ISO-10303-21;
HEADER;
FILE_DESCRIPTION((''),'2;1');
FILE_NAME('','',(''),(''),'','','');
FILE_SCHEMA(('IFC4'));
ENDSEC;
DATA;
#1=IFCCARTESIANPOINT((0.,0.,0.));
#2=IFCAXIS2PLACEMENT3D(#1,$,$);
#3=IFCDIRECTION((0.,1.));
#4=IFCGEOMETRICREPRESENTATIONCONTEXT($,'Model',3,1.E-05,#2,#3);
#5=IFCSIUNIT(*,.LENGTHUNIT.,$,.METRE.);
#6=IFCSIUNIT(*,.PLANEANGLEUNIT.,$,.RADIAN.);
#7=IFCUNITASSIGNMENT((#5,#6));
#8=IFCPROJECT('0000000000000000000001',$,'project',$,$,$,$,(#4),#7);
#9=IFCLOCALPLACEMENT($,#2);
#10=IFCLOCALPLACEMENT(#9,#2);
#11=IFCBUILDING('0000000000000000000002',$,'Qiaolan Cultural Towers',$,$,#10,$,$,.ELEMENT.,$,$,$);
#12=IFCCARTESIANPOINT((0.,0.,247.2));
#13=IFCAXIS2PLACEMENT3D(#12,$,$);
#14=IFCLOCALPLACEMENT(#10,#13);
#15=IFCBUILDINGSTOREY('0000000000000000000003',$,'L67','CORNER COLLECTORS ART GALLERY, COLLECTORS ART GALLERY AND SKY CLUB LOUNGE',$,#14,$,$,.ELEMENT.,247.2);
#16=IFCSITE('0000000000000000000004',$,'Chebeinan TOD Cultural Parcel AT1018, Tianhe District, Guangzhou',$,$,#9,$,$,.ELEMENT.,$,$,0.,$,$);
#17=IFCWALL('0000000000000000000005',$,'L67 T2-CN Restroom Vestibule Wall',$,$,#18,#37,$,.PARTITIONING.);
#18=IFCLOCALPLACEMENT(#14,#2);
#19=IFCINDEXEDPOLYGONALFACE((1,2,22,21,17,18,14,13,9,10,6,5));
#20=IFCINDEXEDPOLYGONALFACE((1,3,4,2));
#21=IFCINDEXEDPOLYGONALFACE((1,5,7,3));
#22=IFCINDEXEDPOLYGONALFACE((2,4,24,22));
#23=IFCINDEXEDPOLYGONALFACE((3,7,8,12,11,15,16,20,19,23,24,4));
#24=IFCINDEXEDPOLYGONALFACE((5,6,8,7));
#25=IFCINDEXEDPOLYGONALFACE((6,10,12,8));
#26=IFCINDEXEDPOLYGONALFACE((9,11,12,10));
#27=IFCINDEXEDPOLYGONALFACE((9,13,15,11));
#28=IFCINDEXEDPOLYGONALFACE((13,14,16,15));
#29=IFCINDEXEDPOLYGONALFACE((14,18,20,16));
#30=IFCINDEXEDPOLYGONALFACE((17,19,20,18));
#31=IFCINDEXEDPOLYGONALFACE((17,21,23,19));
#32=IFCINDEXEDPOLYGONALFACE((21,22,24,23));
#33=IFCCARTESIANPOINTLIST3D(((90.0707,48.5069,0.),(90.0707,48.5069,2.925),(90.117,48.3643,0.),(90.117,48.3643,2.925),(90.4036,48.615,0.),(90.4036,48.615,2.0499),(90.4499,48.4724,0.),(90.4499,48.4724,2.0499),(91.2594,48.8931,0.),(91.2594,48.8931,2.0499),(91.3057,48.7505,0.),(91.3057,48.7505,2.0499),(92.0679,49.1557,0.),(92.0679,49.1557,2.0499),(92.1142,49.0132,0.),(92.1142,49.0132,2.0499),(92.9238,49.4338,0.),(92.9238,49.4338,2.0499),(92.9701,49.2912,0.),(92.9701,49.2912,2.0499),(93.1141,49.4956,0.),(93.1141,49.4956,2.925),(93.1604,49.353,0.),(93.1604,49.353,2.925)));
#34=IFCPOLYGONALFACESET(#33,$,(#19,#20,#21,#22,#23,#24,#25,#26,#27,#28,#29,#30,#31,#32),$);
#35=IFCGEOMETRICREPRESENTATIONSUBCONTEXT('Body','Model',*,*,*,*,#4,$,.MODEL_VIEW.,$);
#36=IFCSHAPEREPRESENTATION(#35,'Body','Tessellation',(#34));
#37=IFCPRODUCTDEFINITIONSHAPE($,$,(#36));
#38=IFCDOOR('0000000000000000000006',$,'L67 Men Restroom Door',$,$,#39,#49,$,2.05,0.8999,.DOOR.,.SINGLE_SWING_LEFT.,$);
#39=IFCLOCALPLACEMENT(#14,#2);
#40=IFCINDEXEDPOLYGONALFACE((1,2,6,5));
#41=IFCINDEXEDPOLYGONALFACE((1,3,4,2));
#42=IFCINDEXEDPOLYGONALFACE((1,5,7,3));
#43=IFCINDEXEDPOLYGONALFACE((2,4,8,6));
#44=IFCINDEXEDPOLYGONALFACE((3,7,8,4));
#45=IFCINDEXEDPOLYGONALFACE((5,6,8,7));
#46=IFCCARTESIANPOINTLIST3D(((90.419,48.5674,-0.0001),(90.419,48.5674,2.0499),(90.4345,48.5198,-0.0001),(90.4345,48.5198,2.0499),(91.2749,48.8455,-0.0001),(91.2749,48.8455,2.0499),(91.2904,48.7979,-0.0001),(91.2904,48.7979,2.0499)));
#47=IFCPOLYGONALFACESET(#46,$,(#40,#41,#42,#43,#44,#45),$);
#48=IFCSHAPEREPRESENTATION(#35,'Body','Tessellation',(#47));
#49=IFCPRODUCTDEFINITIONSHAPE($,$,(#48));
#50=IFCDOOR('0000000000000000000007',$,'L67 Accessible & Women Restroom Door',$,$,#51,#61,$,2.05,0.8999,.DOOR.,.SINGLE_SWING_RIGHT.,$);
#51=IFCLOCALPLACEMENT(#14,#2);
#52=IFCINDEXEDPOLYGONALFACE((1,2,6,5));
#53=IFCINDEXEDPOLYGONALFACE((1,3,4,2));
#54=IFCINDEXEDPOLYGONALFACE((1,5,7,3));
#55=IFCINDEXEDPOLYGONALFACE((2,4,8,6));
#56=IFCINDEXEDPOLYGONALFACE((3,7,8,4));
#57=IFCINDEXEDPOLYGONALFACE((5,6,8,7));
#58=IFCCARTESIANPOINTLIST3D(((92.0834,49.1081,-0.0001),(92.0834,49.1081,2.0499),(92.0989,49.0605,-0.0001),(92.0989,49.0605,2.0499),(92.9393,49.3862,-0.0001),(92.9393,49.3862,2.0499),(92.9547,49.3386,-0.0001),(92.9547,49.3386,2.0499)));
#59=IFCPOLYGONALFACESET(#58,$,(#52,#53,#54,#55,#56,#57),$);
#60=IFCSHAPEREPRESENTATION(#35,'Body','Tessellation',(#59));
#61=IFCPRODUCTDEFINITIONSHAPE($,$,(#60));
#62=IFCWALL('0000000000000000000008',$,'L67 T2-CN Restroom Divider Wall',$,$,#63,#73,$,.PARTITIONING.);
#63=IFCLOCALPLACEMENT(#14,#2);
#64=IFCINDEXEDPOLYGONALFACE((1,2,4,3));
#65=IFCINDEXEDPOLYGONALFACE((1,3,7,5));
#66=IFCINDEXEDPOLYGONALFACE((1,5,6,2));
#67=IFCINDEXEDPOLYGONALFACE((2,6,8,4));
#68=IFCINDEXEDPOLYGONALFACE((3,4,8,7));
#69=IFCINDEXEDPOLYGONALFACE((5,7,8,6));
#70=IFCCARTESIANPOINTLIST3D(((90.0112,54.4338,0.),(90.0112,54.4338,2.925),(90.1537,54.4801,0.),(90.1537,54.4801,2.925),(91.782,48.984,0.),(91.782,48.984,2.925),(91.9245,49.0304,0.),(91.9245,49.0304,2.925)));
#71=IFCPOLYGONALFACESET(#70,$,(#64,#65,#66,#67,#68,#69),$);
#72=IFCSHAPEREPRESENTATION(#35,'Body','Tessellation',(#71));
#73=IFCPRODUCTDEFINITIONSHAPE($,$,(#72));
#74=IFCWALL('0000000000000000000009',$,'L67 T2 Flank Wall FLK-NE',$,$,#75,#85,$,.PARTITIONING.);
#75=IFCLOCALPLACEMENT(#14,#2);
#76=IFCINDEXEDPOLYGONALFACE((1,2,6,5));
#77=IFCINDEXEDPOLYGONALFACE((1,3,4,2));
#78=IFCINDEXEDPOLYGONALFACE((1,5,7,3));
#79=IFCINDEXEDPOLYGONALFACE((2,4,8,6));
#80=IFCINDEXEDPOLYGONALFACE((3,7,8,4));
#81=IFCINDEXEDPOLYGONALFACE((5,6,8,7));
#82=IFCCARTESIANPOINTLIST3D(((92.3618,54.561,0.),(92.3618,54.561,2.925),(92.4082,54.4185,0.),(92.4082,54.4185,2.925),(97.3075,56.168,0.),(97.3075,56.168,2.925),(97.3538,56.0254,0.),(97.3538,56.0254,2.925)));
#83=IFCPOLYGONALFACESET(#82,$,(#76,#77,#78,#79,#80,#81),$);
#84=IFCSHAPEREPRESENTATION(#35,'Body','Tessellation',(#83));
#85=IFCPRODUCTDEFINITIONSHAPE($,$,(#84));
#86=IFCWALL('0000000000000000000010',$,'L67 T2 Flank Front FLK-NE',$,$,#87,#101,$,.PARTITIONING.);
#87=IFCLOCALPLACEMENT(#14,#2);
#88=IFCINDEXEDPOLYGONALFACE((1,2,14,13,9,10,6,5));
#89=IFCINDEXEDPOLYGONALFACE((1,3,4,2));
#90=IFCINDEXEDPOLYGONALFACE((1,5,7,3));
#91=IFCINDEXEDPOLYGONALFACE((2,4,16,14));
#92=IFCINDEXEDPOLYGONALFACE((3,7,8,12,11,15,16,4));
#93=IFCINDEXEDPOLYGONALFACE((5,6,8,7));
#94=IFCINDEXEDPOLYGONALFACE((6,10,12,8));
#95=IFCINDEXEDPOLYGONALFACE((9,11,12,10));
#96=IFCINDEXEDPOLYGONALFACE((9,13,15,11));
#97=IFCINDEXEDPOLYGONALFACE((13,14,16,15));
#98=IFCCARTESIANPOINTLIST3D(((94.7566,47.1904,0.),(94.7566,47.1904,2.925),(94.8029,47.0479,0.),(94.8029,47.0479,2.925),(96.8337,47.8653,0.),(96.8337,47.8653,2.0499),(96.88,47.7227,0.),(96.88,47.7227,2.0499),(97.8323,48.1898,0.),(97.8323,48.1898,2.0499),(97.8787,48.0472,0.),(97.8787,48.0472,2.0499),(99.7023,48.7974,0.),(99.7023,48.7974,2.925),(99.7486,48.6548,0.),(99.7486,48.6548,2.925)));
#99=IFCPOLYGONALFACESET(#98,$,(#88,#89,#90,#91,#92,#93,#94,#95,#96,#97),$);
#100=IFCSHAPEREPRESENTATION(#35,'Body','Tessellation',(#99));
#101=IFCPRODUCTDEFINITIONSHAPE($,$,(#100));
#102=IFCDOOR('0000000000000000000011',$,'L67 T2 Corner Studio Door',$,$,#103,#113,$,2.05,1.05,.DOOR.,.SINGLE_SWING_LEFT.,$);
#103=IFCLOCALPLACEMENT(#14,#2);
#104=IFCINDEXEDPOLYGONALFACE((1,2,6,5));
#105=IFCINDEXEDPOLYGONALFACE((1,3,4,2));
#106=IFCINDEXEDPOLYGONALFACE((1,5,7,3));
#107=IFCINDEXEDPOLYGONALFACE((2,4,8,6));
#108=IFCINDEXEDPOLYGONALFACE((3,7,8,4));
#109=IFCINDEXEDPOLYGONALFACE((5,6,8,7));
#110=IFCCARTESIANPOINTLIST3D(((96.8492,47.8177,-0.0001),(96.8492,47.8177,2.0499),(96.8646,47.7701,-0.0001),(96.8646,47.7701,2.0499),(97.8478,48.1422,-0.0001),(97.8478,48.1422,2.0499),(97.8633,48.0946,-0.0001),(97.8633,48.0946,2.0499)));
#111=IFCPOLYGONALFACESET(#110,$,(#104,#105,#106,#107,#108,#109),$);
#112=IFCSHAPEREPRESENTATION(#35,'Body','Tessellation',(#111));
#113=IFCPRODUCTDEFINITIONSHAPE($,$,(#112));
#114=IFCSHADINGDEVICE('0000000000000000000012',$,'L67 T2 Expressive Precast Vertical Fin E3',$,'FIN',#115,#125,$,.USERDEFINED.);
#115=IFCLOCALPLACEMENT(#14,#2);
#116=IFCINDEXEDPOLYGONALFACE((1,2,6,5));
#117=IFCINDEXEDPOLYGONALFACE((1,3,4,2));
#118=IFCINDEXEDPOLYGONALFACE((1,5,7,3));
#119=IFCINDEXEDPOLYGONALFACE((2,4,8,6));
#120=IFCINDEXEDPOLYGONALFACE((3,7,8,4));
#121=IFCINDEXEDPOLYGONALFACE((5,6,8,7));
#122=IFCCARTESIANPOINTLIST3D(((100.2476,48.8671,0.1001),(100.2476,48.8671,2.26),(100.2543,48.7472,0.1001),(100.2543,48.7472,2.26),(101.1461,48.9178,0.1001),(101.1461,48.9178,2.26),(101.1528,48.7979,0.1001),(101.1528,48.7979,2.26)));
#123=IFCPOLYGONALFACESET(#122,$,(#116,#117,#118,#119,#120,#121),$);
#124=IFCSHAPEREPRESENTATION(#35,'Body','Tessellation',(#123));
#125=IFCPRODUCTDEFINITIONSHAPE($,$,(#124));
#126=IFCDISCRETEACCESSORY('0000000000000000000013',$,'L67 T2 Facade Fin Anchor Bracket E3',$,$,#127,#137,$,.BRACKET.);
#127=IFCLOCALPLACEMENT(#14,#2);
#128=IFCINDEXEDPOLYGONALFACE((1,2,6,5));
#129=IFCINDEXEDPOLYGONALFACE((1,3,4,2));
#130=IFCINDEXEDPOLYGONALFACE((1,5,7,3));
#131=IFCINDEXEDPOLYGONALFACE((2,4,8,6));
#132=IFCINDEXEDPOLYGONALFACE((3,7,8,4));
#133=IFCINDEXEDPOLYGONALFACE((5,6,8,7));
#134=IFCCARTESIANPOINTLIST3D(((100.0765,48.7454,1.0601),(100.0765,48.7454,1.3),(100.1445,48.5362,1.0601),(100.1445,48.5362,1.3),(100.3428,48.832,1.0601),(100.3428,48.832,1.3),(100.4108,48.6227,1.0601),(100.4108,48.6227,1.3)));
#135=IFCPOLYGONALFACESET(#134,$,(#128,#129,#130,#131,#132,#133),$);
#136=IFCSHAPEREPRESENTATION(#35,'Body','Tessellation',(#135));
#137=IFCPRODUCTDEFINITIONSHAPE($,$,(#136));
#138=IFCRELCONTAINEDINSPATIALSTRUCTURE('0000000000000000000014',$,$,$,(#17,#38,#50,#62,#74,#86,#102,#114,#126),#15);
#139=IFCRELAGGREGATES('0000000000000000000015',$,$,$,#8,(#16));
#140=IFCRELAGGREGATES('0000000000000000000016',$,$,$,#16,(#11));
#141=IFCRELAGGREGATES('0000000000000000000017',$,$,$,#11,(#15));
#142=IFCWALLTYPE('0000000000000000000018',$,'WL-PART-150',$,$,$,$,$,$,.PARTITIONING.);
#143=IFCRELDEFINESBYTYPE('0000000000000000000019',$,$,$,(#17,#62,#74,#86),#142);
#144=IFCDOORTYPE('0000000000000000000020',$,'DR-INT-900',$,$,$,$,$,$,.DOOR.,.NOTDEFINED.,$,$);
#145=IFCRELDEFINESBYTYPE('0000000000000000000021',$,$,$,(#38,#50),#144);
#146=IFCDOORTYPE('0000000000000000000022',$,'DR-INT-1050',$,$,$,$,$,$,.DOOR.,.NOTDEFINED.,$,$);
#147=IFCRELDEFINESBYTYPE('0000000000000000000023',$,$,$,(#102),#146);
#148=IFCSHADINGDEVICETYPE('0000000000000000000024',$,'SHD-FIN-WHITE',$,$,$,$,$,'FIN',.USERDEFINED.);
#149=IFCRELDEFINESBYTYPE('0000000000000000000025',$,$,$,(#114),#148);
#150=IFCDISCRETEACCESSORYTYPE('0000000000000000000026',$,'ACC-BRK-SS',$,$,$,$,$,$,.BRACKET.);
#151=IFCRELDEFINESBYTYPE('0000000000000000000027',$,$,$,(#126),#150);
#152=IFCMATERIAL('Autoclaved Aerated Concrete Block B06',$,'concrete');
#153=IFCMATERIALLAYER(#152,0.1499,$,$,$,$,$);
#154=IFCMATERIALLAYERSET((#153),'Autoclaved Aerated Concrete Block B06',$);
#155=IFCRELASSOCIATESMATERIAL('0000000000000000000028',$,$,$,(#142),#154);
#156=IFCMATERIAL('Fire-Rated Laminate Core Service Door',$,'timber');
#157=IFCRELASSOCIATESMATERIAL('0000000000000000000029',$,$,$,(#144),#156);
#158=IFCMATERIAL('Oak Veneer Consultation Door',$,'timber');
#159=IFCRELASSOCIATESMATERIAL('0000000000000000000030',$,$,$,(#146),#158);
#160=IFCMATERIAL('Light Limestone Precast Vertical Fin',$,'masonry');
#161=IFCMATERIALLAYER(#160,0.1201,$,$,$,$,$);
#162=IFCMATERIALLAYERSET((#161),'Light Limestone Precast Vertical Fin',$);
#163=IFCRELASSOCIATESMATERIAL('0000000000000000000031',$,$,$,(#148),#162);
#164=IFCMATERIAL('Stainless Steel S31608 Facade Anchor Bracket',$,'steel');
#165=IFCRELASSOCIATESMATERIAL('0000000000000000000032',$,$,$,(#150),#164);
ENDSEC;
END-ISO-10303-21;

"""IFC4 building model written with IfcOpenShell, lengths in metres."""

from ifc_helpers import new_model, si_unit, direction, frame, frame_2d, origin, origin_2d, place, context, subcontext, project, spatial, rectangle, extrude, material, layer, layer_set, type_object, element, fill, save


model = new_model("IFC4")

# Units and contexts
model_context = context("Model", 3, precision=1e-05, world=origin(), true_north=direction((0.0, 1.0)))
body_context = subcontext(model_context, "Body", "Model", "MODEL_VIEW")
ifc_project = project(units=[si_unit("LENGTHUNIT", "METRE"), si_unit("PLANEANGLEUNIT", "RADIAN")], contexts=[model_context])

# Site, building, storey
site_placement = place(None, origin())
site = spatial("IfcSite", under=ifc_project, at=site_placement, Name="Chebeinan TOD Cultural Parcel AT1018, Tianhe District, Guangzhou", CompositionType="ELEMENT", RefElevation=0.0)
building_placement = place(site_placement, origin())
building = spatial("IfcBuilding", under=site, at=building_placement, Name="Qiaolan Cultural Towers", CompositionType="ELEMENT")
storey_placement = place(building_placement, frame((0.0, 0.0, 247.2)))
storey = spatial("IfcBuildingStorey", under=building, at=storey_placement, Name="L67", Description="CORNER COLLECTORS ART GALLERY, COLLECTORS ART GALLERY AND SKY CLUB LOUNGE", CompositionType="ELEMENT", Elevation=247.2)

# Shared definitions
ifc_material_1 = material(Name="Autoclaved Aerated Concrete Block B06", Category="concrete")
ifc_layer_1 = layer(ifc_material_1, 0.1499)
ifc_layer_set_1 = layer_set([ifc_layer_1], Name="Autoclaved Aerated Concrete Block B06")
wall_type_1 = type_object("IfcWallType", Name="WL-PART-150", PredefinedType="PARTITIONING", material=ifc_layer_set_1)

# Wall, openings, doors
wall_1_placement = place(storey_placement, frame((90.0938, 48.4355, 0.0), z_axis=(0.0, 0.0, 1.0), x_axis=(0.951067, 0.308986, 0.0)))
wall_1 = element("IfcWall", 1, at=wall_1_placement, inside=storey, type_object=wall_type_1, Name="L67 T2-CN Restroom Vestibule Wall", PredefinedType="PARTITIONING", context=body_context, shape_type="SweptSolid", body=[
    extrude(rectangle(XDim=3.2, YDim=0.1499, at=frame_2d((1.6001, 0.0))), origin(), (0.0, 0.0, 1.0), 2.925),
])
opening_1_placement = place(wall_1_placement, frame((0.3501, 0.0, 0.0)))
opening_1 = element("IfcOpeningElement", 2, at=opening_1_placement, cuts=wall_1, PredefinedType="OPENING", context=body_context, shape_type="SweptSolid", body=[
    extrude(rectangle(XDim=0.8999, YDim=2.05, at=frame_2d((0.45, 1.0249))), frame((0.0, 0.085, 0.0), z_axis=(0.0, -1.0, 0.0), x_axis=(1.0, 0.0, 0.0)), (0.0, 0.0, 1.0), 0.1699),
])
opening_2_placement = place(wall_1_placement, frame((2.1001, 0.0, 0.0)))
opening_2 = element("IfcOpeningElement", 3, at=opening_2_placement, cuts=wall_1, PredefinedType="OPENING", context=body_context, shape_type="SweptSolid", body=[
    extrude(rectangle(XDim=0.8999, YDim=2.05, at=frame_2d((0.45, 1.0249))), frame((0.0, 0.085, 0.0), z_axis=(0.0, -1.0, 0.0), x_axis=(1.0, 0.0, 0.0)), (0.0, 0.0, 1.0), 0.1699),
])
ifc_material_2 = material(Name="Fire-Rated Laminate Core Service Door", Category="timber")
door_type_1 = type_object("IfcDoorType", Name="DR-INT-900", OperationType="NOTDEFINED", PredefinedType="DOOR", material=ifc_material_2)
door_1_placement = place(opening_1_placement, origin())
door_1 = element("IfcDoor", 4, at=door_1_placement, inside=storey, type_object=door_type_1, Name="L67 Men Restroom Door", OperationType="SINGLE_SWING_LEFT", OverallHeight=2.05, OverallWidth=0.8999, PredefinedType="DOOR", context=body_context, shape_type="SweptSolid", body=[
    extrude(rectangle(XDim=0.8999, YDim=2.05, at=frame_2d((0.45, 1.0249))), frame((0.0, 0.0249, 0.0), z_axis=(0.0, -1.0, 0.0), x_axis=(1.0, 0.0, 0.0)), (0.0, 0.0, 1.0), 0.05),
])
fill(opening_1, door_1)
door_2_placement = place(opening_2_placement, origin())
door_2 = element("IfcDoor", 5, at=door_2_placement, inside=storey, type_object=door_type_1, Name="L67 Accessible & Women Restroom Door", OperationType="SINGLE_SWING_RIGHT", OverallHeight=2.05, OverallWidth=0.8999, PredefinedType="DOOR", context=body_context, shape_type="SweptSolid", body=[
    extrude(rectangle(XDim=0.8999, YDim=2.05, at=frame_2d((0.45, 1.0249))), frame((0.0, 0.0249, 0.0), z_axis=(0.0, -1.0, 0.0), x_axis=(1.0, 0.0, 0.0)), (0.0, 0.0, 1.0), 0.05),
])
fill(opening_2, door_2)

# Walls
wall_2_placement = place(storey_placement, frame((91.8533, 49.0071, 0.0), z_axis=(0.0, 0.0, 1.0), x_axis=(-0.309022, 0.951055, 0.0)))
element("IfcWall", 6, at=wall_2_placement, inside=storey, type_object=wall_type_1, Name="L67 T2-CN Restroom Divider Wall", PredefinedType="PARTITIONING", context=body_context, shape_type="SweptSolid", body=[
    extrude(rectangle(XDim=5.7302, YDim=0.1499, at=frame_2d((2.8652, 0.0))), origin(), (0.0, 0.0, 1.0), 2.925),
])
wall_3_placement = place(storey_placement, frame((92.385, 54.4897, 0.0), z_axis=(0.0, 0.0, 1.0), x_axis=(0.951055, 0.309021, 0.0)))
element("IfcWall", 7, at=wall_3_placement, inside=storey, type_object=wall_type_1, Name="L67 T2 Flank Wall FLK-NE", PredefinedType="PARTITIONING", context=body_context, shape_type="SweptSolid", body=[
    extrude(rectangle(XDim=5.2002, YDim=0.1499, at=frame_2d((2.6001, 0.0))), origin(), (0.0, 0.0, 1.0), 2.925),
])

# Wall, opening, door
wall_4_placement = place(storey_placement, frame((94.7798, 47.1191, 0.0), z_axis=(0.0, 0.0, 1.0), x_axis=(0.951055, 0.309021, 0.0)))
wall_4 = element("IfcWall", 8, at=wall_4_placement, inside=storey, type_object=wall_type_1, Name="L67 T2 Flank Front FLK-NE", PredefinedType="PARTITIONING", context=body_context, shape_type="SweptSolid", body=[
    extrude(rectangle(XDim=5.2002, YDim=0.1499, at=frame_2d((2.6001, 0.0))), origin(), (0.0, 0.0, 1.0), 2.925),
])
opening_3_placement = place(wall_4_placement, frame((2.1841, 0.0, 0.0)))
opening_3 = element("IfcOpeningElement", 9, at=opening_3_placement, cuts=wall_4, PredefinedType="OPENING", context=body_context, shape_type="SweptSolid", body=[
    extrude(rectangle(XDim=1.05, YDim=2.05, at=frame_2d((0.5249, 1.0249))), frame((0.0, 0.085, 0.0), z_axis=(0.0, -1.0, 0.0), x_axis=(1.0, 0.0, 0.0)), (0.0, 0.0, 1.0), 0.1699),
])
ifc_material_3 = material(Name="Oak Veneer Consultation Door", Category="timber")
door_type_2 = type_object("IfcDoorType", Name="DR-INT-1050", OperationType="NOTDEFINED", PredefinedType="DOOR", material=ifc_material_3)
door_3_placement = place(opening_3_placement, origin())
door_3 = element("IfcDoor", 10, at=door_3_placement, inside=storey, type_object=door_type_2, Name="L67 T2 Corner Studio Door", OperationType="SINGLE_SWING_LEFT", OverallHeight=2.05, OverallWidth=1.05, PredefinedType="DOOR", context=body_context, shape_type="SweptSolid", body=[
    extrude(rectangle(XDim=1.05, YDim=2.05, at=frame_2d((0.5249, 1.0249))), frame((0.0, 0.0249, 0.0), z_axis=(0.0, -1.0, 0.0), x_axis=(1.0, 0.0, 0.0)), (0.0, 0.0, 1.0), 0.05),
])
fill(opening_3, door_3)

# Shading device
ifc_material_4 = material(Name="Light Limestone Precast Vertical Fin", Category="masonry")
ifc_layer_2 = layer(ifc_material_4, 0.1201)
ifc_layer_set_2 = layer_set([ifc_layer_2], Name="Light Limestone Precast Vertical Fin")
shading_device_type = type_object("IfcShadingDeviceType", Name="SHD-FIN-WHITE", ElementType="FIN", PredefinedType="USERDEFINED", material=ifc_layer_set_2)
shading_device_placement = place(storey_placement, frame((100.7002, 48.8325, 0.1001), z_axis=(0.0, 0.0, 1.0), x_axis=(0.998413, 0.056307, 0.0)))
element("IfcShadingDevice", 11, at=shading_device_placement, inside=storey, type_object=shading_device_type, Name="L67 T2 Expressive Precast Vertical Fin E3", ObjectType="FIN", PredefinedType="USERDEFINED", context=body_context, shape_type="SweptSolid", body=[
    extrude(rectangle(XDim=0.8999, YDim=0.1201, at=origin_2d()), origin(), (0.0, 0.0, 1.0), 2.1599),
])

# Discrete accessory
ifc_material_5 = material(Name="Stainless Steel S31608 Facade Anchor Bracket", Category="steel")
discrete_accessory_type = type_object("IfcDiscreteAccessoryType", Name="ACC-BRK-SS", PredefinedType="BRACKET", material=ifc_material_5)
discrete_accessory_placement = place(storey_placement, frame((100.2437, 48.6841, 1.0601), z_axis=(0.0, 0.0, 1.0), x_axis=(0.951057, 0.309017, 0.0)))
element("IfcDiscreteAccessory", 12, at=discrete_accessory_placement, inside=storey, type_object=discrete_accessory_type, Name="L67 T2 Facade Fin Anchor Bracket E3", PredefinedType="BRACKET", context=body_context, shape_type="SweptSolid", body=[
    extrude(rectangle(XDim=0.28, YDim=0.22, at=origin_2d()), origin(), (0.0, 0.0, 1.0), 0.24),
])

save(model, "model.ifc")
